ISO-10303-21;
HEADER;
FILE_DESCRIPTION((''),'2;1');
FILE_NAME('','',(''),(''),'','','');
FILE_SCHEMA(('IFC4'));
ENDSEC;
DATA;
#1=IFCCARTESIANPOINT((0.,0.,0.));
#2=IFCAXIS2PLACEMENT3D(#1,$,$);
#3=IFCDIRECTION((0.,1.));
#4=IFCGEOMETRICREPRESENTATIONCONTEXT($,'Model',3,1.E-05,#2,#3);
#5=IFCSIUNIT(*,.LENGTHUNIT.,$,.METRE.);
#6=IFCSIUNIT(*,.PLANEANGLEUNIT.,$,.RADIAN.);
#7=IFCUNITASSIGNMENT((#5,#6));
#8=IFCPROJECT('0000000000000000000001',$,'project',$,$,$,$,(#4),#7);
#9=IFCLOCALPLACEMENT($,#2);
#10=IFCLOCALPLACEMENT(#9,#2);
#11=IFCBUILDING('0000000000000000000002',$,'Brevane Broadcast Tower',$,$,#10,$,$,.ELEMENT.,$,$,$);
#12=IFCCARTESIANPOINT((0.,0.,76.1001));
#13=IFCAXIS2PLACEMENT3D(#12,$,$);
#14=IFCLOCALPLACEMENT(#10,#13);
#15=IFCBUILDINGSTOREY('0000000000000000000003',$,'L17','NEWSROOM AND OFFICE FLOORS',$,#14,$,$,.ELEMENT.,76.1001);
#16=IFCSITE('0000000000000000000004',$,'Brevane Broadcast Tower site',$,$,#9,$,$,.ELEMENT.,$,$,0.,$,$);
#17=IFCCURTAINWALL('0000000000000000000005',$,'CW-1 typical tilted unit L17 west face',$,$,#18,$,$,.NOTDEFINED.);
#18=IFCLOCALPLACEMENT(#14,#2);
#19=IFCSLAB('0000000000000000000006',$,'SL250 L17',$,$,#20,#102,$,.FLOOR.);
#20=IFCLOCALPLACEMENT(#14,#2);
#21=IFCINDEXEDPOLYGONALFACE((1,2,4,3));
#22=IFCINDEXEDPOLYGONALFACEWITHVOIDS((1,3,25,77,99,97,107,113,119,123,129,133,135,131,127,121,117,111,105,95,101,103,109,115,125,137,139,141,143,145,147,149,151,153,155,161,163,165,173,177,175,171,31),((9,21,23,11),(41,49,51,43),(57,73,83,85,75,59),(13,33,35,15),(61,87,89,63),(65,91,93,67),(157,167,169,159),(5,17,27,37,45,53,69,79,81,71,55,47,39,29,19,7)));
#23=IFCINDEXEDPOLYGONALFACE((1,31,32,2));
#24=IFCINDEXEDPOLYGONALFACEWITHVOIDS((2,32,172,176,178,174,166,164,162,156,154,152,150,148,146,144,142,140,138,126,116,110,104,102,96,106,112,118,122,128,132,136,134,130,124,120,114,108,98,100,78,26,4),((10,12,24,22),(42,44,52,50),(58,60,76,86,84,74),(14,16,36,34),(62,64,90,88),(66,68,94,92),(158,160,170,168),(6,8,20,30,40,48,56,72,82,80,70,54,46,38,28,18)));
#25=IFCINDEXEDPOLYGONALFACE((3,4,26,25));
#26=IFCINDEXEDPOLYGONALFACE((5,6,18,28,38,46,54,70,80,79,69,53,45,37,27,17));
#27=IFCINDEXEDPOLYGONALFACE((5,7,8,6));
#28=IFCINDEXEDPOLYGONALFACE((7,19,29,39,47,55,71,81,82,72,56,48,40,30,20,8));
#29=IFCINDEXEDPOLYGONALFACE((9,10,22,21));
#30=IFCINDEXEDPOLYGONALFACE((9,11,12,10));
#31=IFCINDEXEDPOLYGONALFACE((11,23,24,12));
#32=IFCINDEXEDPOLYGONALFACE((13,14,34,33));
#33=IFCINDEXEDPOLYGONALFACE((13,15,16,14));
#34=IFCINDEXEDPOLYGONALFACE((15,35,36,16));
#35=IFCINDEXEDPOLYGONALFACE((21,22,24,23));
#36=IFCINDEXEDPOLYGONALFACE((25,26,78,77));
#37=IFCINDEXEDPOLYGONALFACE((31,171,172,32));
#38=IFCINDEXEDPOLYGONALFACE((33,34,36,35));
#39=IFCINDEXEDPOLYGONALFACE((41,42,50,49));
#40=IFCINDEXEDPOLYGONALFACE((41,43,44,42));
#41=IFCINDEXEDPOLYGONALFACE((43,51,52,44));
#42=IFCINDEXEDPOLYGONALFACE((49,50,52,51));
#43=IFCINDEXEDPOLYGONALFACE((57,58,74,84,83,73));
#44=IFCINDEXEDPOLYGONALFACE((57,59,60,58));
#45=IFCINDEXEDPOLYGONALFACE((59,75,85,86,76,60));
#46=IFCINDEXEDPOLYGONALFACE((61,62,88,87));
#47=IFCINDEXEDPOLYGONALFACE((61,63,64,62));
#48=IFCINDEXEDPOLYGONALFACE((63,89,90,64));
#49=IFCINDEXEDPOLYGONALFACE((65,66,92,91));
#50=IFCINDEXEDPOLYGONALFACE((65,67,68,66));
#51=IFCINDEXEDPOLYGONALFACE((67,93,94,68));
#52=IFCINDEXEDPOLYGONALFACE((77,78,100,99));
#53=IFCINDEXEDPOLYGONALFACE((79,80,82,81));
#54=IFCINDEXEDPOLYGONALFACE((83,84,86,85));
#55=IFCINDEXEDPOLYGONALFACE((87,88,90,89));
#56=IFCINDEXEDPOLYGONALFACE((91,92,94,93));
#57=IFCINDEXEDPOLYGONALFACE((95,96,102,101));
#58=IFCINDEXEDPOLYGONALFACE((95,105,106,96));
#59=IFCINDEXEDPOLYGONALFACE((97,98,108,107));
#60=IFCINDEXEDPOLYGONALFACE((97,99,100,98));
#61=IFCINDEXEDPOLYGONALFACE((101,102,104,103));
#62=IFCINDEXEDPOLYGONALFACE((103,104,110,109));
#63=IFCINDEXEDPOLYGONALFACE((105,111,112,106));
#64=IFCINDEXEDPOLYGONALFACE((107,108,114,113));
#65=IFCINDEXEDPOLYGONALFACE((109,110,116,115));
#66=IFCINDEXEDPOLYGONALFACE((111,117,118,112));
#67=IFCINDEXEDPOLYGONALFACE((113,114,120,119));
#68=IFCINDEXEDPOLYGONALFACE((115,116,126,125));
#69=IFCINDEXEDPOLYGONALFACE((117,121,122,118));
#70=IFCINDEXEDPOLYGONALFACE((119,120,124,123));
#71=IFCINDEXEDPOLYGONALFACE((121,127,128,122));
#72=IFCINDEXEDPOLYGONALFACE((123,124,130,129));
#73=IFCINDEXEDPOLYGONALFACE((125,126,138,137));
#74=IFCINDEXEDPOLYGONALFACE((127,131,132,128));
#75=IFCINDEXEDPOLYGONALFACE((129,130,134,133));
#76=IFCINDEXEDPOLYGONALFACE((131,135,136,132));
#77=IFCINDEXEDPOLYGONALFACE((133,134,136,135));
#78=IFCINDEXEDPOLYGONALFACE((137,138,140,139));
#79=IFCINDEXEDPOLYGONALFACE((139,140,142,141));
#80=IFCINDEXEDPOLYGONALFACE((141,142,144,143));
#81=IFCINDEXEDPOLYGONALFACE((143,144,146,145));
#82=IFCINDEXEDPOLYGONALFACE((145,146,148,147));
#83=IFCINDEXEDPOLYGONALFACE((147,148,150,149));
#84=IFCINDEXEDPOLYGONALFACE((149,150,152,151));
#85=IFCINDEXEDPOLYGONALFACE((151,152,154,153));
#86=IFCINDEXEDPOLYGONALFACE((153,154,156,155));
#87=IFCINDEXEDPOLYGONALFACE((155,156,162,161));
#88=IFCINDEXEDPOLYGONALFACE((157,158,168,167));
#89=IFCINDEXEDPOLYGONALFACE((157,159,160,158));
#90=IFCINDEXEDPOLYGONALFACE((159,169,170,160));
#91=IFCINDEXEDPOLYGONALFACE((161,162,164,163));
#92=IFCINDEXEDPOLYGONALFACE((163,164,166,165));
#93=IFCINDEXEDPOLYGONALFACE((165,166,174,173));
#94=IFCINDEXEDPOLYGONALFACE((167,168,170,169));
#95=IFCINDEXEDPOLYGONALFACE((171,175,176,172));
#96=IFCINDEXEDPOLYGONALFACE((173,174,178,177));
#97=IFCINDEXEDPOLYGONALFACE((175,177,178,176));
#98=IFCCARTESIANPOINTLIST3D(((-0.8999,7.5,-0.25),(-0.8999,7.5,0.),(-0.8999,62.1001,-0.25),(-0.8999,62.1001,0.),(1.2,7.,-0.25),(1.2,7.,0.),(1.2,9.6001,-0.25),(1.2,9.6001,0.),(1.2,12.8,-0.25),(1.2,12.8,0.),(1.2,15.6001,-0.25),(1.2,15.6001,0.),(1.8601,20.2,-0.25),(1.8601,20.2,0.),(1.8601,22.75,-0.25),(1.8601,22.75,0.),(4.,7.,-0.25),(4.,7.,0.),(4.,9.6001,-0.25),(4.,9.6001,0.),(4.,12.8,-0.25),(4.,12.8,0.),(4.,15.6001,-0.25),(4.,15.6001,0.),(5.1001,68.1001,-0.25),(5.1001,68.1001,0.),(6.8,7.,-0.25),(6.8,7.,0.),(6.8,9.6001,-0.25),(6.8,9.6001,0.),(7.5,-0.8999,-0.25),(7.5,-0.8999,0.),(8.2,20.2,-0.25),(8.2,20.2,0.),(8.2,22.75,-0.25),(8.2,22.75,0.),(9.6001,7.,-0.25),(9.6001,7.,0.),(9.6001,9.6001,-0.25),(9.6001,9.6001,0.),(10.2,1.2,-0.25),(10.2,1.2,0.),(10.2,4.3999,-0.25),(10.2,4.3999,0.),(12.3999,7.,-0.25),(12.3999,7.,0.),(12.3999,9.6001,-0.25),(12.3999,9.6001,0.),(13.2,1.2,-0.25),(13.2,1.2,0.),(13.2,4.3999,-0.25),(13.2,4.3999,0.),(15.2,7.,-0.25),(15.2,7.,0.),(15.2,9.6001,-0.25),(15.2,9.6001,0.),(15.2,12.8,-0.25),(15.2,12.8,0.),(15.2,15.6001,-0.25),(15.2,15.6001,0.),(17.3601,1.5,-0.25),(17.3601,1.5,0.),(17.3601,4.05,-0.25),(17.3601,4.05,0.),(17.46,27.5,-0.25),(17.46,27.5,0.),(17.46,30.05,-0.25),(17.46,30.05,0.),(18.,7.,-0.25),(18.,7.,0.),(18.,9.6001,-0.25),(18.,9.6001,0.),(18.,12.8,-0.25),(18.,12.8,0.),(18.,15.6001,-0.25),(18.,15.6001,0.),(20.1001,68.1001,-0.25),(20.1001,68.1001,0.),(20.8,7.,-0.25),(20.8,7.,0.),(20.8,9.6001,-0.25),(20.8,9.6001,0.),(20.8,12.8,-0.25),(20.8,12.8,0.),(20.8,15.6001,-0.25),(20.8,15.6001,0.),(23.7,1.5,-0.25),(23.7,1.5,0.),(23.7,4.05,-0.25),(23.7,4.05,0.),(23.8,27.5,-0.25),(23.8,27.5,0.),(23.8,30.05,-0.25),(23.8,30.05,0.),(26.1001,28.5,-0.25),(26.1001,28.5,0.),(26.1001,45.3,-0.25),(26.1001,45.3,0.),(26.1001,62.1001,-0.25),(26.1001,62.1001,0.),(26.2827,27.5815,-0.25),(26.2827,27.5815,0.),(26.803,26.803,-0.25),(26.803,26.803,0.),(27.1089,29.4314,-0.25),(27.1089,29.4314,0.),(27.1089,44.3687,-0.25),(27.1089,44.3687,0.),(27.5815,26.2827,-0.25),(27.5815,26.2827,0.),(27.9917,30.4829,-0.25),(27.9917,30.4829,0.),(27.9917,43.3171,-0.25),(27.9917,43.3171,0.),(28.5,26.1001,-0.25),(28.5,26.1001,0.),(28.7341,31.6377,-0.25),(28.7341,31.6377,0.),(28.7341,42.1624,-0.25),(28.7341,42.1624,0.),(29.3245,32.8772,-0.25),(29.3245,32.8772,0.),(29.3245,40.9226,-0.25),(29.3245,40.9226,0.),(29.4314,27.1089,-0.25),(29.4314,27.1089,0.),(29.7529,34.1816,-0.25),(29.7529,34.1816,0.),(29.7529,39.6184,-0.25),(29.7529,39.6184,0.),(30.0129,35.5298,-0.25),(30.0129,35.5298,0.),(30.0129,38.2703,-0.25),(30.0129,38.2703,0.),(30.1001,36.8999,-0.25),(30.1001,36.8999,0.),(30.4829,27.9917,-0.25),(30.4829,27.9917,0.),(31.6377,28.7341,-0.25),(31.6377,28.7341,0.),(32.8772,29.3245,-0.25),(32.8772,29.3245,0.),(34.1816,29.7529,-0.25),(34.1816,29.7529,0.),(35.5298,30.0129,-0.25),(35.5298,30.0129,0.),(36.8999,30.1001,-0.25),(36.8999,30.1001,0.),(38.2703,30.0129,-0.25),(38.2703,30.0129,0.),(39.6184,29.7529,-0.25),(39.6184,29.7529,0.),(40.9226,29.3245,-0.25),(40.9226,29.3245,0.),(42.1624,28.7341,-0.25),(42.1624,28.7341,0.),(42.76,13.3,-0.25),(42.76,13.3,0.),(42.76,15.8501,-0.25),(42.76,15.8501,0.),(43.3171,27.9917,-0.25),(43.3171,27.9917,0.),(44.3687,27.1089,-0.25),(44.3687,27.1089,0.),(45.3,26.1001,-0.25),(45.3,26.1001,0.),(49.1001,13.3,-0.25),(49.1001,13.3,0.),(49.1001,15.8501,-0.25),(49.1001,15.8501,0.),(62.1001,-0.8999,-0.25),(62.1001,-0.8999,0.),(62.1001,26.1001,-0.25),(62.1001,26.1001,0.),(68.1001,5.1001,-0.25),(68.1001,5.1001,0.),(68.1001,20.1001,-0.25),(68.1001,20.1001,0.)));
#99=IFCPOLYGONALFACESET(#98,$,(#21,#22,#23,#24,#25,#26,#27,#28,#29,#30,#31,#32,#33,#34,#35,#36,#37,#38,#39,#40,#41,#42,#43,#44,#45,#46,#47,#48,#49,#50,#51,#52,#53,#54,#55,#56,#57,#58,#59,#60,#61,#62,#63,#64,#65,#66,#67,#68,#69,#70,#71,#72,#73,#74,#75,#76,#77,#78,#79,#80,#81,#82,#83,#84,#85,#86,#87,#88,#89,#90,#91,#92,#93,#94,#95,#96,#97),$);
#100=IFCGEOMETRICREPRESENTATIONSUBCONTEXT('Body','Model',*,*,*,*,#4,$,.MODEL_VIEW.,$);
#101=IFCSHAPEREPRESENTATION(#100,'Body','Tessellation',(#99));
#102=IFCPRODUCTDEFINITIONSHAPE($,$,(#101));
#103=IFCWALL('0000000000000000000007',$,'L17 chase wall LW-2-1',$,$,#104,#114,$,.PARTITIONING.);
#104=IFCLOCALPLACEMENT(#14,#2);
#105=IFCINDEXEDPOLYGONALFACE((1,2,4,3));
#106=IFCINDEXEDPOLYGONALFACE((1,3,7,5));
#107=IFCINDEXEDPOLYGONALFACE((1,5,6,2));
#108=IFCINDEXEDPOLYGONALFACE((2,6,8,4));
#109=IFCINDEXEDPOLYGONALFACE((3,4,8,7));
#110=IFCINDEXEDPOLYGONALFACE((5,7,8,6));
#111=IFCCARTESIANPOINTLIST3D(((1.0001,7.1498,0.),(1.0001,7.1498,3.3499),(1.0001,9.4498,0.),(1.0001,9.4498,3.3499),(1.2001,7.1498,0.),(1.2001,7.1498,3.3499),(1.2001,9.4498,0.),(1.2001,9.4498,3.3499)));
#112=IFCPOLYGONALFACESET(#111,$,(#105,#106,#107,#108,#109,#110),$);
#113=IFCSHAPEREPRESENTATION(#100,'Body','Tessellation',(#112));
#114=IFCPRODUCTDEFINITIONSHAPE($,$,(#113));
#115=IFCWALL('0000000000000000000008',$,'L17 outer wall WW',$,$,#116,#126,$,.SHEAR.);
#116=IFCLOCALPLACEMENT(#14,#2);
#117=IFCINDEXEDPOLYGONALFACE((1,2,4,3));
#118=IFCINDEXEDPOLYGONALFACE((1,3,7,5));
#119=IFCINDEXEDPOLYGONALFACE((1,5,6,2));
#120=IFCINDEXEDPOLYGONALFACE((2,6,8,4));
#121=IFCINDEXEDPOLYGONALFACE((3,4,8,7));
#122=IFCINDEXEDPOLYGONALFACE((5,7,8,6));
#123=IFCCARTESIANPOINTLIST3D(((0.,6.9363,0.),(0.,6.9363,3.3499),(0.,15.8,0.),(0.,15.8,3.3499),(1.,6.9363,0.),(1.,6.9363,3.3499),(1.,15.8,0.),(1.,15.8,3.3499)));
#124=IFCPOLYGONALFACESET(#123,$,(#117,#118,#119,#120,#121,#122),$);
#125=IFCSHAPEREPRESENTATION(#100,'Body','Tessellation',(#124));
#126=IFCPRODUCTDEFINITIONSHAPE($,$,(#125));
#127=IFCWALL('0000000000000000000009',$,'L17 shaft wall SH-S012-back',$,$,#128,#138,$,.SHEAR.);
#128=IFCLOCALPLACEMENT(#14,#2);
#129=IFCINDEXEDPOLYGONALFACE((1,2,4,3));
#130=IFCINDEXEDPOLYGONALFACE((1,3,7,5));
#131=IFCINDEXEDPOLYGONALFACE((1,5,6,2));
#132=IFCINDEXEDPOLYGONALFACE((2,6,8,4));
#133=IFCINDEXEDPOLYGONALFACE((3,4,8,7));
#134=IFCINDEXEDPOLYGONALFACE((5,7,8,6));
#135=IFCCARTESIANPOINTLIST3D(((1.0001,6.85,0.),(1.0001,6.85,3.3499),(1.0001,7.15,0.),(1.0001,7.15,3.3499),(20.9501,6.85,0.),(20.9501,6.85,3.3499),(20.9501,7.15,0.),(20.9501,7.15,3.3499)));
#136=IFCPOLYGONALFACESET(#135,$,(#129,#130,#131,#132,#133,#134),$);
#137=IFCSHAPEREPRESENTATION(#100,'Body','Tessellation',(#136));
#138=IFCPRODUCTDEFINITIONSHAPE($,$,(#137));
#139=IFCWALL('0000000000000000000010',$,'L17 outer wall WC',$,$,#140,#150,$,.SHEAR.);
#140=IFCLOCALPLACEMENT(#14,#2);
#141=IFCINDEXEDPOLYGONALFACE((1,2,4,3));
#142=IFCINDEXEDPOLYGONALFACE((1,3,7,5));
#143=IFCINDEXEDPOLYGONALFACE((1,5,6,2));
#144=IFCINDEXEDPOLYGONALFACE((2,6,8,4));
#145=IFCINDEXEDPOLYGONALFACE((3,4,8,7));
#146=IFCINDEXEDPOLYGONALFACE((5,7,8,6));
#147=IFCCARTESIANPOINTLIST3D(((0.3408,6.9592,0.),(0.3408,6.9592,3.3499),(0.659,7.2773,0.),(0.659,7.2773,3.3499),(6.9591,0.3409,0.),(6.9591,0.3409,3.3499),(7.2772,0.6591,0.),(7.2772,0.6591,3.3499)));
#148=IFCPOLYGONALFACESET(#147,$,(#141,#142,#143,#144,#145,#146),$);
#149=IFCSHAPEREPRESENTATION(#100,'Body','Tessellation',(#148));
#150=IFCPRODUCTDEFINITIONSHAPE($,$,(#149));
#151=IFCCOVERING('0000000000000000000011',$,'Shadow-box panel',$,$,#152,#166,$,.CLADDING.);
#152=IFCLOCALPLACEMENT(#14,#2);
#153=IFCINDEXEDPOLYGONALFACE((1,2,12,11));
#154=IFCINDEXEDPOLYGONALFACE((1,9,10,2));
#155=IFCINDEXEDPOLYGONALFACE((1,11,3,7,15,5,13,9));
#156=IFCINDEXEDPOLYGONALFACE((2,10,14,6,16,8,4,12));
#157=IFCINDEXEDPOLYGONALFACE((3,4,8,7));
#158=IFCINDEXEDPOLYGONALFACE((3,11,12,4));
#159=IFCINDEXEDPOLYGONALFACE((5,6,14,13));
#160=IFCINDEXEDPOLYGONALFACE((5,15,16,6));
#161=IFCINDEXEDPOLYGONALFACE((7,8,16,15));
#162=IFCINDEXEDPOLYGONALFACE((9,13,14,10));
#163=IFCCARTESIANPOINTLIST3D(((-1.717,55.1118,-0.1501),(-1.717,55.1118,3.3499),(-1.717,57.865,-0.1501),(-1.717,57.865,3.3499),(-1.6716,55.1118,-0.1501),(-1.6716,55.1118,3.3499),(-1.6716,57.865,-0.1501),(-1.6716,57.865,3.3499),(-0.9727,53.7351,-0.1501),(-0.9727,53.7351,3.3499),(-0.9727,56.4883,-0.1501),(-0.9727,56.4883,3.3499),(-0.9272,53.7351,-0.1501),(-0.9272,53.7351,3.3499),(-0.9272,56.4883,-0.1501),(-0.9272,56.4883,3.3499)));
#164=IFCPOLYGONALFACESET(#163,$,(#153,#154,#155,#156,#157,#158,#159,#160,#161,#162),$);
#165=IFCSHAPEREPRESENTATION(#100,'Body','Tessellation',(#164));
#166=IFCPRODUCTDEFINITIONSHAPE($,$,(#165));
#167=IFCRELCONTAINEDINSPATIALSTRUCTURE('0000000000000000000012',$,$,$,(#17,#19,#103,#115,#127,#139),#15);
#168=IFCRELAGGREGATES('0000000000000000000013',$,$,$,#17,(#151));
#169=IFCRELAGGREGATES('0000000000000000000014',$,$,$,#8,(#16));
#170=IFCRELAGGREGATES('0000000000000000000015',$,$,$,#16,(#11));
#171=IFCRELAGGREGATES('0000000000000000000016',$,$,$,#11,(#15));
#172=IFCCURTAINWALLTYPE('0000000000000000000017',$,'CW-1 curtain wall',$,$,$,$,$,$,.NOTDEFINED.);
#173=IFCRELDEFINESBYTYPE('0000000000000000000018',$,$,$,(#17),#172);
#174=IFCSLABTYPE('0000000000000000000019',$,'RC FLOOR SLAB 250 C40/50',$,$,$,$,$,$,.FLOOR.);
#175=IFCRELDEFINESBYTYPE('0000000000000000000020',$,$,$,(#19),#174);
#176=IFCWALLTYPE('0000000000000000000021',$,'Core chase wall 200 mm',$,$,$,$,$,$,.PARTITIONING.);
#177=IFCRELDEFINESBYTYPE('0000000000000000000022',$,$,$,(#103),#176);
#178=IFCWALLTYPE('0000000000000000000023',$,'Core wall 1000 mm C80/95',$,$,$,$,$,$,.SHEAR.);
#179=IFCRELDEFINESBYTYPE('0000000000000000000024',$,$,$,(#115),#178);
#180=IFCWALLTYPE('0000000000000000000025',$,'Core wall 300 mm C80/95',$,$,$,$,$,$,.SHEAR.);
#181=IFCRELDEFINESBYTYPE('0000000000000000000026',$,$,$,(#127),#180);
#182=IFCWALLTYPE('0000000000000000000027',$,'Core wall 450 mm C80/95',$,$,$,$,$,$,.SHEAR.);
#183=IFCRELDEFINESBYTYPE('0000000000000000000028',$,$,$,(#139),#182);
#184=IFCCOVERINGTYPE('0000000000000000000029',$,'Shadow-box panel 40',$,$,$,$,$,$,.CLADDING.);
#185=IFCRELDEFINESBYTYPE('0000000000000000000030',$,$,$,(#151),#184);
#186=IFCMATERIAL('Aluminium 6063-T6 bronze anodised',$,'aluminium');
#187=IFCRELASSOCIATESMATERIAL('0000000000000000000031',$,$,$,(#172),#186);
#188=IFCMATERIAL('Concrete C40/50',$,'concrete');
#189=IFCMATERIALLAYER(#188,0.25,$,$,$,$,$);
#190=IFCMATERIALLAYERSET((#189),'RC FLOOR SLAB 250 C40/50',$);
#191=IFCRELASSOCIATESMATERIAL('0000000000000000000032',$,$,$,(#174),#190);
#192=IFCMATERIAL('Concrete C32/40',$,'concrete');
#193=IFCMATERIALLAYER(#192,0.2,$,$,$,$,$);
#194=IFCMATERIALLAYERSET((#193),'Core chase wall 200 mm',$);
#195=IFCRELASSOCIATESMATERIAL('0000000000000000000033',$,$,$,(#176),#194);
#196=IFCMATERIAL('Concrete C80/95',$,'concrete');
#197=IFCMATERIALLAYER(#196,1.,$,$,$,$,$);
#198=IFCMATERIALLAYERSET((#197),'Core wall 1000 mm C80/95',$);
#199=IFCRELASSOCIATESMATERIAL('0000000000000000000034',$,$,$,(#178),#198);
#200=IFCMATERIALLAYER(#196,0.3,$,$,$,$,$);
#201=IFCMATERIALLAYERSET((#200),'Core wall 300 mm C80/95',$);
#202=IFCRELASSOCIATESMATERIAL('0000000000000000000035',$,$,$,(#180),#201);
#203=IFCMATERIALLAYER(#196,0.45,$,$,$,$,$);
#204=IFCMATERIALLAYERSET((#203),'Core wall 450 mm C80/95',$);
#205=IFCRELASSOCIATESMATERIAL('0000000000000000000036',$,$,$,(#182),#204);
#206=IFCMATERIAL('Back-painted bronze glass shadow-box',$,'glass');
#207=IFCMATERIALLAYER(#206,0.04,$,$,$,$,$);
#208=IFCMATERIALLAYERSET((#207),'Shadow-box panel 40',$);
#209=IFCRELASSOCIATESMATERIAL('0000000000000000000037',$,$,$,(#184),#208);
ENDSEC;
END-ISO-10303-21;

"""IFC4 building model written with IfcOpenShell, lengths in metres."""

from ifc_helpers import new_model, si_unit, direction, frame, frame_2d, origin, place, context, subcontext, project, spatial, polyline, rectangle, outline, extrude, material, layer, layer_set, type_object, element, aggregate, save


model = new_model("IFC4")

# Units and contexts
model_context = context("Model", 3, precision=1e-05, world=origin(), true_north=direction((0.0, 1.0)))
body_context = subcontext(model_context, "Body", "Model", "MODEL_VIEW")
ifc_project = project(units=[si_unit("LENGTHUNIT", "METRE"), si_unit("PLANEANGLEUNIT", "RADIAN")], contexts=[model_context])

# Site, building, storey
site_placement = place(None, origin())
site = spatial("IfcSite", under=ifc_project, at=site_placement, Name="Brevane Broadcast Tower site", CompositionType="ELEMENT", RefElevation=0.0)
building_placement = place(site_placement, origin())
building = spatial("IfcBuilding", under=site, at=building_placement, Name="Brevane Broadcast Tower", CompositionType="ELEMENT")
storey_placement = place(building_placement, frame((0.0, 0.0, 76.1001)))
storey = spatial("IfcBuildingStorey", under=building, at=storey_placement, Name="L17", Description="NEWSROOM AND OFFICE FLOORS", CompositionType="ELEMENT", Elevation=76.1001)

# Shared definitions
ifc_material_1 = material(Name="Aluminium 6063-T6 bronze anodised", Category="aluminium")
curtain_wall_type = type_object("IfcCurtainWallType", Name="CW-1 curtain wall", PredefinedType="NOTDEFINED", material=ifc_material_1)

# Curtain wall
curtain_wall_1_placement = place(storey_placement, origin())
curtain_wall_1 = element("IfcCurtainWall", 1, at=curtain_wall_1_placement, inside=storey, type_object=curtain_wall_type, Name="CW-1 typical tilted unit L17 west face", PredefinedType="NOTDEFINED")

# Slab
ifc_material_2 = material(Name="Concrete C40/50", Category="concrete")
ifc_layer_1 = layer(ifc_material_2, 0.25)
ifc_layer_set_1 = layer_set([ifc_layer_1], Name="RC FLOOR SLAB 250 C40/50")
slab_type_1 = type_object("IfcSlabType", Name="RC FLOOR SLAB 250 C40/50", PredefinedType="FLOOR", material=ifc_layer_set_1)
slab_1_placement = place(storey_placement, frame((0.0, 0.0, -0.25)))
element("IfcSlab", 2, at=slab_1_placement, inside=storey, type_object=slab_type_1, Name="SL250 L17", PredefinedType="FLOOR", context=body_context, shape_type="SweptSolid", body=[
    extrude(outline(polyline([(-0.8999, 7.5), (-0.8999, 62.1001), (5.1001, 68.1001), (20.1001, 68.1001), (26.1001, 62.1001), (26.1001, 45.3), (27.1089, 44.3687), (27.9917, 43.3171), (28.7341, 42.1624), (29.3245, 40.9226), (29.7529, 39.6184), (30.0129, 38.2703), (30.1001, 36.8999), (30.0129, 35.5298), (29.7529, 34.1816), (29.3245, 32.8772), (28.7341, 31.6377), (27.9917, 30.4829), (27.1089, 29.4314), (26.1001, 28.5), (26.2827, 27.5815), (26.803, 26.803), (27.5815, 26.2827), (28.5, 26.1001), (29.4314, 27.1089), (30.4829, 27.9917), (31.6377, 28.7341), (32.8772, 29.3245), (34.1816, 29.7529), (35.5298, 30.0129), (36.8999, 30.1001), (38.2703, 30.0129), (39.6184, 29.7529), (40.9226, 29.3245), (42.1624, 28.7341), (43.3171, 27.9917), (44.3687, 27.1089), (45.3, 26.1001), (62.1001, 26.1001), (68.1001, 20.1001), (68.1001, 5.1001), (62.1001, -0.8999), (7.5, -0.8999), (-0.8999, 7.5)]), holes=[polyline([(13.2, 4.3999), (10.2, 4.3999), (10.2, 1.2), (13.2, 1.2), (13.2, 4.3999)]), polyline([(4.0, 9.6001), (1.2, 9.6001), (1.2, 7.0), (4.0, 7.0), (6.8, 7.0), (9.6001, 7.0), (12.3999, 7.0), (15.2, 7.0), (18.0, 7.0), (20.8, 7.0), (20.8, 9.6001), (18.0, 9.6001), (15.2, 9.6001), (12.3999, 9.6001), (9.6001, 9.6001), (6.8, 9.6001), (4.0, 9.6001)]), polyline([(4.0, 12.8), (4.0, 15.6001), (1.2, 15.6001), (1.2, 12.8), (4.0, 12.8)]), polyline([(8.2, 22.75), (1.8601, 22.75), (1.8601, 20.2), (8.2, 20.2), (8.2, 22.75)]), polyline([(23.7, 4.05), (17.3601, 4.05), (17.3601, 1.5), (23.7, 1.5), (23.7, 4.05)]), polyline([(18.0, 15.6001), (15.2, 15.6001), (15.2, 12.8), (18.0, 12.8), (20.8, 12.8), (20.8, 15.6001), (18.0, 15.6001)]), polyline([(49.1001, 15.8501), (42.76, 15.8501), (42.76, 13.3), (49.1001, 13.3), (49.1001, 15.8501)]), polyline([(23.8, 30.05), (17.46, 30.05), (17.46, 27.5), (23.8, 27.5), (23.8, 30.05)])]), origin(), (0.0, 0.0, 1.0), 0.25),
])

# Walls
ifc_material_3 = material(Name="Concrete C32/40", Category="concrete")
ifc_layer_2 = layer(ifc_material_3, 0.2)
ifc_layer_set_2 = layer_set([ifc_layer_2], Name="Core chase wall 200 mm")
wall_type_1 = type_object("IfcWallType", Name="Core chase wall 200 mm", PredefinedType="PARTITIONING", material=ifc_layer_set_2)
wall_1_placement = place(storey_placement, frame((1.1001, 7.1499, 0.0), z_axis=(0.0, 0.0, 1.0), x_axis=(0.0, 1.0, 0.0)))
element("IfcWall", 3, at=wall_1_placement, inside=storey, type_object=wall_type_1, Name="L17 chase wall LW-2-1", PredefinedType="PARTITIONING", context=body_context, shape_type="SweptSolid", body=[
    extrude(rectangle(XDim=2.3, YDim=0.2, at=frame_2d((1.1499, 0.0))), origin(), (0.0, 0.0, 1.0), 3.3499),
])
ifc_material_4 = material(Name="Concrete C80/95", Category="concrete")
ifc_layer_3 = layer(ifc_material_4, 1.0)
ifc_layer_set_3 = layer_set([ifc_layer_3], Name="Core wall 1000 mm C80/95")
wall_type_2 = type_object("IfcWallType", Name="Core wall 1000 mm C80/95", PredefinedType="SHEAR", material=ifc_layer_set_3)
wall_2_placement = place(storey_placement, frame((0.5, 6.9363, 0.0), z_axis=(0.0, 0.0, 1.0), x_axis=(0.0, 1.0, 0.0)))
element("IfcWall", 4, at=wall_2_placement, inside=storey, type_object=wall_type_2, Name="L17 outer wall WW", PredefinedType="SHEAR", context=body_context, shape_type="SweptSolid", body=[
    extrude(rectangle(XDim=8.8638, YDim=1.0, at=frame_2d((4.4319, 0.0))), origin(), (0.0, 0.0, 1.0), 3.3499),
])
ifc_layer_4 = layer(ifc_material_4, 0.3)
ifc_layer_set_4 = layer_set([ifc_layer_4], Name="Core wall 300 mm C80/95")
wall_type_3 = type_object("IfcWallType", Name="Core wall 300 mm C80/95", PredefinedType="SHEAR", material=ifc_layer_set_4)
wall_3_placement = place(storey_placement, frame((1.0, 7.0, 0.0), z_axis=(0.0, 0.0, 1.0), x_axis=(1.0, 0.0, 0.0)))
element("IfcWall", 5, at=wall_3_placement, inside=storey, type_object=wall_type_3, Name="L17 shaft wall SH-S012-back", PredefinedType="SHEAR", context=body_context, shape_type="SweptSolid", body=[
    extrude(rectangle(XDim=19.95, YDim=0.3, at=frame_2d((9.9751, 0.0))), origin(), (0.0, 0.0, 1.0), 3.3499),
])
ifc_layer_5 = layer(ifc_material_4, 0.45)
ifc_layer_set_5 = layer_set([ifc_layer_5], Name="Core wall 450 mm C80/95")
wall_type_4 = type_object("IfcWallType", Name="Core wall 450 mm C80/95", PredefinedType="SHEAR", material=ifc_layer_set_5)
wall_4_placement = place(storey_placement, frame((0.5, 7.1182, 0.0), z_axis=(0.0, 0.0, 1.0), x_axis=(0.707107, -0.707107, 0.0)))
element("IfcWall", 6, at=wall_4_placement, inside=storey, type_object=wall_type_4, Name="L17 outer wall WC", PredefinedType="SHEAR", context=body_context, shape_type="SweptSolid", body=[
    extrude(rectangle(XDim=9.3596, YDim=0.45, at=frame_2d((4.6797, 0.0))), origin(), (0.0, 0.0, 1.0), 3.3499),
])

# Covering
ifc_material_5 = material(Name="Back-painted bronze glass shadow-box", Category="glass")
ifc_layer_6 = layer(ifc_material_5, 0.04)
ifc_layer_set_6 = layer_set([ifc_layer_6], Name="Shadow-box panel 40")
covering_type = type_object("IfcCoveringType", Name="Shadow-box panel 40", PredefinedType="CLADDING", material=ifc_layer_set_6)
covering_1_placement = place(storey_placement, frame((0.0, 0.0, -0.1501)))
covering_1 = element("IfcCovering", 7, at=covering_1_placement, type_object=covering_type, Name="Shadow-box panel", PredefinedType="CLADDING", context=body_context, shape_type="SweptSolid", body=[
    extrude(outline(polyline([(-1.6716, 57.865), (-1.717, 57.865), (-0.9727, 56.4883), (-1.717, 55.1118), (-0.9727, 53.7351), (-0.9272, 53.7351), (-1.6716, 55.1118), (-0.9272, 56.4883), (-1.6716, 57.865)])), origin(), (0.0, 0.0, 1.0), 3.5),
])
aggregate(curtain_wall_1, [covering_1])

save(model, "model.ifc")
